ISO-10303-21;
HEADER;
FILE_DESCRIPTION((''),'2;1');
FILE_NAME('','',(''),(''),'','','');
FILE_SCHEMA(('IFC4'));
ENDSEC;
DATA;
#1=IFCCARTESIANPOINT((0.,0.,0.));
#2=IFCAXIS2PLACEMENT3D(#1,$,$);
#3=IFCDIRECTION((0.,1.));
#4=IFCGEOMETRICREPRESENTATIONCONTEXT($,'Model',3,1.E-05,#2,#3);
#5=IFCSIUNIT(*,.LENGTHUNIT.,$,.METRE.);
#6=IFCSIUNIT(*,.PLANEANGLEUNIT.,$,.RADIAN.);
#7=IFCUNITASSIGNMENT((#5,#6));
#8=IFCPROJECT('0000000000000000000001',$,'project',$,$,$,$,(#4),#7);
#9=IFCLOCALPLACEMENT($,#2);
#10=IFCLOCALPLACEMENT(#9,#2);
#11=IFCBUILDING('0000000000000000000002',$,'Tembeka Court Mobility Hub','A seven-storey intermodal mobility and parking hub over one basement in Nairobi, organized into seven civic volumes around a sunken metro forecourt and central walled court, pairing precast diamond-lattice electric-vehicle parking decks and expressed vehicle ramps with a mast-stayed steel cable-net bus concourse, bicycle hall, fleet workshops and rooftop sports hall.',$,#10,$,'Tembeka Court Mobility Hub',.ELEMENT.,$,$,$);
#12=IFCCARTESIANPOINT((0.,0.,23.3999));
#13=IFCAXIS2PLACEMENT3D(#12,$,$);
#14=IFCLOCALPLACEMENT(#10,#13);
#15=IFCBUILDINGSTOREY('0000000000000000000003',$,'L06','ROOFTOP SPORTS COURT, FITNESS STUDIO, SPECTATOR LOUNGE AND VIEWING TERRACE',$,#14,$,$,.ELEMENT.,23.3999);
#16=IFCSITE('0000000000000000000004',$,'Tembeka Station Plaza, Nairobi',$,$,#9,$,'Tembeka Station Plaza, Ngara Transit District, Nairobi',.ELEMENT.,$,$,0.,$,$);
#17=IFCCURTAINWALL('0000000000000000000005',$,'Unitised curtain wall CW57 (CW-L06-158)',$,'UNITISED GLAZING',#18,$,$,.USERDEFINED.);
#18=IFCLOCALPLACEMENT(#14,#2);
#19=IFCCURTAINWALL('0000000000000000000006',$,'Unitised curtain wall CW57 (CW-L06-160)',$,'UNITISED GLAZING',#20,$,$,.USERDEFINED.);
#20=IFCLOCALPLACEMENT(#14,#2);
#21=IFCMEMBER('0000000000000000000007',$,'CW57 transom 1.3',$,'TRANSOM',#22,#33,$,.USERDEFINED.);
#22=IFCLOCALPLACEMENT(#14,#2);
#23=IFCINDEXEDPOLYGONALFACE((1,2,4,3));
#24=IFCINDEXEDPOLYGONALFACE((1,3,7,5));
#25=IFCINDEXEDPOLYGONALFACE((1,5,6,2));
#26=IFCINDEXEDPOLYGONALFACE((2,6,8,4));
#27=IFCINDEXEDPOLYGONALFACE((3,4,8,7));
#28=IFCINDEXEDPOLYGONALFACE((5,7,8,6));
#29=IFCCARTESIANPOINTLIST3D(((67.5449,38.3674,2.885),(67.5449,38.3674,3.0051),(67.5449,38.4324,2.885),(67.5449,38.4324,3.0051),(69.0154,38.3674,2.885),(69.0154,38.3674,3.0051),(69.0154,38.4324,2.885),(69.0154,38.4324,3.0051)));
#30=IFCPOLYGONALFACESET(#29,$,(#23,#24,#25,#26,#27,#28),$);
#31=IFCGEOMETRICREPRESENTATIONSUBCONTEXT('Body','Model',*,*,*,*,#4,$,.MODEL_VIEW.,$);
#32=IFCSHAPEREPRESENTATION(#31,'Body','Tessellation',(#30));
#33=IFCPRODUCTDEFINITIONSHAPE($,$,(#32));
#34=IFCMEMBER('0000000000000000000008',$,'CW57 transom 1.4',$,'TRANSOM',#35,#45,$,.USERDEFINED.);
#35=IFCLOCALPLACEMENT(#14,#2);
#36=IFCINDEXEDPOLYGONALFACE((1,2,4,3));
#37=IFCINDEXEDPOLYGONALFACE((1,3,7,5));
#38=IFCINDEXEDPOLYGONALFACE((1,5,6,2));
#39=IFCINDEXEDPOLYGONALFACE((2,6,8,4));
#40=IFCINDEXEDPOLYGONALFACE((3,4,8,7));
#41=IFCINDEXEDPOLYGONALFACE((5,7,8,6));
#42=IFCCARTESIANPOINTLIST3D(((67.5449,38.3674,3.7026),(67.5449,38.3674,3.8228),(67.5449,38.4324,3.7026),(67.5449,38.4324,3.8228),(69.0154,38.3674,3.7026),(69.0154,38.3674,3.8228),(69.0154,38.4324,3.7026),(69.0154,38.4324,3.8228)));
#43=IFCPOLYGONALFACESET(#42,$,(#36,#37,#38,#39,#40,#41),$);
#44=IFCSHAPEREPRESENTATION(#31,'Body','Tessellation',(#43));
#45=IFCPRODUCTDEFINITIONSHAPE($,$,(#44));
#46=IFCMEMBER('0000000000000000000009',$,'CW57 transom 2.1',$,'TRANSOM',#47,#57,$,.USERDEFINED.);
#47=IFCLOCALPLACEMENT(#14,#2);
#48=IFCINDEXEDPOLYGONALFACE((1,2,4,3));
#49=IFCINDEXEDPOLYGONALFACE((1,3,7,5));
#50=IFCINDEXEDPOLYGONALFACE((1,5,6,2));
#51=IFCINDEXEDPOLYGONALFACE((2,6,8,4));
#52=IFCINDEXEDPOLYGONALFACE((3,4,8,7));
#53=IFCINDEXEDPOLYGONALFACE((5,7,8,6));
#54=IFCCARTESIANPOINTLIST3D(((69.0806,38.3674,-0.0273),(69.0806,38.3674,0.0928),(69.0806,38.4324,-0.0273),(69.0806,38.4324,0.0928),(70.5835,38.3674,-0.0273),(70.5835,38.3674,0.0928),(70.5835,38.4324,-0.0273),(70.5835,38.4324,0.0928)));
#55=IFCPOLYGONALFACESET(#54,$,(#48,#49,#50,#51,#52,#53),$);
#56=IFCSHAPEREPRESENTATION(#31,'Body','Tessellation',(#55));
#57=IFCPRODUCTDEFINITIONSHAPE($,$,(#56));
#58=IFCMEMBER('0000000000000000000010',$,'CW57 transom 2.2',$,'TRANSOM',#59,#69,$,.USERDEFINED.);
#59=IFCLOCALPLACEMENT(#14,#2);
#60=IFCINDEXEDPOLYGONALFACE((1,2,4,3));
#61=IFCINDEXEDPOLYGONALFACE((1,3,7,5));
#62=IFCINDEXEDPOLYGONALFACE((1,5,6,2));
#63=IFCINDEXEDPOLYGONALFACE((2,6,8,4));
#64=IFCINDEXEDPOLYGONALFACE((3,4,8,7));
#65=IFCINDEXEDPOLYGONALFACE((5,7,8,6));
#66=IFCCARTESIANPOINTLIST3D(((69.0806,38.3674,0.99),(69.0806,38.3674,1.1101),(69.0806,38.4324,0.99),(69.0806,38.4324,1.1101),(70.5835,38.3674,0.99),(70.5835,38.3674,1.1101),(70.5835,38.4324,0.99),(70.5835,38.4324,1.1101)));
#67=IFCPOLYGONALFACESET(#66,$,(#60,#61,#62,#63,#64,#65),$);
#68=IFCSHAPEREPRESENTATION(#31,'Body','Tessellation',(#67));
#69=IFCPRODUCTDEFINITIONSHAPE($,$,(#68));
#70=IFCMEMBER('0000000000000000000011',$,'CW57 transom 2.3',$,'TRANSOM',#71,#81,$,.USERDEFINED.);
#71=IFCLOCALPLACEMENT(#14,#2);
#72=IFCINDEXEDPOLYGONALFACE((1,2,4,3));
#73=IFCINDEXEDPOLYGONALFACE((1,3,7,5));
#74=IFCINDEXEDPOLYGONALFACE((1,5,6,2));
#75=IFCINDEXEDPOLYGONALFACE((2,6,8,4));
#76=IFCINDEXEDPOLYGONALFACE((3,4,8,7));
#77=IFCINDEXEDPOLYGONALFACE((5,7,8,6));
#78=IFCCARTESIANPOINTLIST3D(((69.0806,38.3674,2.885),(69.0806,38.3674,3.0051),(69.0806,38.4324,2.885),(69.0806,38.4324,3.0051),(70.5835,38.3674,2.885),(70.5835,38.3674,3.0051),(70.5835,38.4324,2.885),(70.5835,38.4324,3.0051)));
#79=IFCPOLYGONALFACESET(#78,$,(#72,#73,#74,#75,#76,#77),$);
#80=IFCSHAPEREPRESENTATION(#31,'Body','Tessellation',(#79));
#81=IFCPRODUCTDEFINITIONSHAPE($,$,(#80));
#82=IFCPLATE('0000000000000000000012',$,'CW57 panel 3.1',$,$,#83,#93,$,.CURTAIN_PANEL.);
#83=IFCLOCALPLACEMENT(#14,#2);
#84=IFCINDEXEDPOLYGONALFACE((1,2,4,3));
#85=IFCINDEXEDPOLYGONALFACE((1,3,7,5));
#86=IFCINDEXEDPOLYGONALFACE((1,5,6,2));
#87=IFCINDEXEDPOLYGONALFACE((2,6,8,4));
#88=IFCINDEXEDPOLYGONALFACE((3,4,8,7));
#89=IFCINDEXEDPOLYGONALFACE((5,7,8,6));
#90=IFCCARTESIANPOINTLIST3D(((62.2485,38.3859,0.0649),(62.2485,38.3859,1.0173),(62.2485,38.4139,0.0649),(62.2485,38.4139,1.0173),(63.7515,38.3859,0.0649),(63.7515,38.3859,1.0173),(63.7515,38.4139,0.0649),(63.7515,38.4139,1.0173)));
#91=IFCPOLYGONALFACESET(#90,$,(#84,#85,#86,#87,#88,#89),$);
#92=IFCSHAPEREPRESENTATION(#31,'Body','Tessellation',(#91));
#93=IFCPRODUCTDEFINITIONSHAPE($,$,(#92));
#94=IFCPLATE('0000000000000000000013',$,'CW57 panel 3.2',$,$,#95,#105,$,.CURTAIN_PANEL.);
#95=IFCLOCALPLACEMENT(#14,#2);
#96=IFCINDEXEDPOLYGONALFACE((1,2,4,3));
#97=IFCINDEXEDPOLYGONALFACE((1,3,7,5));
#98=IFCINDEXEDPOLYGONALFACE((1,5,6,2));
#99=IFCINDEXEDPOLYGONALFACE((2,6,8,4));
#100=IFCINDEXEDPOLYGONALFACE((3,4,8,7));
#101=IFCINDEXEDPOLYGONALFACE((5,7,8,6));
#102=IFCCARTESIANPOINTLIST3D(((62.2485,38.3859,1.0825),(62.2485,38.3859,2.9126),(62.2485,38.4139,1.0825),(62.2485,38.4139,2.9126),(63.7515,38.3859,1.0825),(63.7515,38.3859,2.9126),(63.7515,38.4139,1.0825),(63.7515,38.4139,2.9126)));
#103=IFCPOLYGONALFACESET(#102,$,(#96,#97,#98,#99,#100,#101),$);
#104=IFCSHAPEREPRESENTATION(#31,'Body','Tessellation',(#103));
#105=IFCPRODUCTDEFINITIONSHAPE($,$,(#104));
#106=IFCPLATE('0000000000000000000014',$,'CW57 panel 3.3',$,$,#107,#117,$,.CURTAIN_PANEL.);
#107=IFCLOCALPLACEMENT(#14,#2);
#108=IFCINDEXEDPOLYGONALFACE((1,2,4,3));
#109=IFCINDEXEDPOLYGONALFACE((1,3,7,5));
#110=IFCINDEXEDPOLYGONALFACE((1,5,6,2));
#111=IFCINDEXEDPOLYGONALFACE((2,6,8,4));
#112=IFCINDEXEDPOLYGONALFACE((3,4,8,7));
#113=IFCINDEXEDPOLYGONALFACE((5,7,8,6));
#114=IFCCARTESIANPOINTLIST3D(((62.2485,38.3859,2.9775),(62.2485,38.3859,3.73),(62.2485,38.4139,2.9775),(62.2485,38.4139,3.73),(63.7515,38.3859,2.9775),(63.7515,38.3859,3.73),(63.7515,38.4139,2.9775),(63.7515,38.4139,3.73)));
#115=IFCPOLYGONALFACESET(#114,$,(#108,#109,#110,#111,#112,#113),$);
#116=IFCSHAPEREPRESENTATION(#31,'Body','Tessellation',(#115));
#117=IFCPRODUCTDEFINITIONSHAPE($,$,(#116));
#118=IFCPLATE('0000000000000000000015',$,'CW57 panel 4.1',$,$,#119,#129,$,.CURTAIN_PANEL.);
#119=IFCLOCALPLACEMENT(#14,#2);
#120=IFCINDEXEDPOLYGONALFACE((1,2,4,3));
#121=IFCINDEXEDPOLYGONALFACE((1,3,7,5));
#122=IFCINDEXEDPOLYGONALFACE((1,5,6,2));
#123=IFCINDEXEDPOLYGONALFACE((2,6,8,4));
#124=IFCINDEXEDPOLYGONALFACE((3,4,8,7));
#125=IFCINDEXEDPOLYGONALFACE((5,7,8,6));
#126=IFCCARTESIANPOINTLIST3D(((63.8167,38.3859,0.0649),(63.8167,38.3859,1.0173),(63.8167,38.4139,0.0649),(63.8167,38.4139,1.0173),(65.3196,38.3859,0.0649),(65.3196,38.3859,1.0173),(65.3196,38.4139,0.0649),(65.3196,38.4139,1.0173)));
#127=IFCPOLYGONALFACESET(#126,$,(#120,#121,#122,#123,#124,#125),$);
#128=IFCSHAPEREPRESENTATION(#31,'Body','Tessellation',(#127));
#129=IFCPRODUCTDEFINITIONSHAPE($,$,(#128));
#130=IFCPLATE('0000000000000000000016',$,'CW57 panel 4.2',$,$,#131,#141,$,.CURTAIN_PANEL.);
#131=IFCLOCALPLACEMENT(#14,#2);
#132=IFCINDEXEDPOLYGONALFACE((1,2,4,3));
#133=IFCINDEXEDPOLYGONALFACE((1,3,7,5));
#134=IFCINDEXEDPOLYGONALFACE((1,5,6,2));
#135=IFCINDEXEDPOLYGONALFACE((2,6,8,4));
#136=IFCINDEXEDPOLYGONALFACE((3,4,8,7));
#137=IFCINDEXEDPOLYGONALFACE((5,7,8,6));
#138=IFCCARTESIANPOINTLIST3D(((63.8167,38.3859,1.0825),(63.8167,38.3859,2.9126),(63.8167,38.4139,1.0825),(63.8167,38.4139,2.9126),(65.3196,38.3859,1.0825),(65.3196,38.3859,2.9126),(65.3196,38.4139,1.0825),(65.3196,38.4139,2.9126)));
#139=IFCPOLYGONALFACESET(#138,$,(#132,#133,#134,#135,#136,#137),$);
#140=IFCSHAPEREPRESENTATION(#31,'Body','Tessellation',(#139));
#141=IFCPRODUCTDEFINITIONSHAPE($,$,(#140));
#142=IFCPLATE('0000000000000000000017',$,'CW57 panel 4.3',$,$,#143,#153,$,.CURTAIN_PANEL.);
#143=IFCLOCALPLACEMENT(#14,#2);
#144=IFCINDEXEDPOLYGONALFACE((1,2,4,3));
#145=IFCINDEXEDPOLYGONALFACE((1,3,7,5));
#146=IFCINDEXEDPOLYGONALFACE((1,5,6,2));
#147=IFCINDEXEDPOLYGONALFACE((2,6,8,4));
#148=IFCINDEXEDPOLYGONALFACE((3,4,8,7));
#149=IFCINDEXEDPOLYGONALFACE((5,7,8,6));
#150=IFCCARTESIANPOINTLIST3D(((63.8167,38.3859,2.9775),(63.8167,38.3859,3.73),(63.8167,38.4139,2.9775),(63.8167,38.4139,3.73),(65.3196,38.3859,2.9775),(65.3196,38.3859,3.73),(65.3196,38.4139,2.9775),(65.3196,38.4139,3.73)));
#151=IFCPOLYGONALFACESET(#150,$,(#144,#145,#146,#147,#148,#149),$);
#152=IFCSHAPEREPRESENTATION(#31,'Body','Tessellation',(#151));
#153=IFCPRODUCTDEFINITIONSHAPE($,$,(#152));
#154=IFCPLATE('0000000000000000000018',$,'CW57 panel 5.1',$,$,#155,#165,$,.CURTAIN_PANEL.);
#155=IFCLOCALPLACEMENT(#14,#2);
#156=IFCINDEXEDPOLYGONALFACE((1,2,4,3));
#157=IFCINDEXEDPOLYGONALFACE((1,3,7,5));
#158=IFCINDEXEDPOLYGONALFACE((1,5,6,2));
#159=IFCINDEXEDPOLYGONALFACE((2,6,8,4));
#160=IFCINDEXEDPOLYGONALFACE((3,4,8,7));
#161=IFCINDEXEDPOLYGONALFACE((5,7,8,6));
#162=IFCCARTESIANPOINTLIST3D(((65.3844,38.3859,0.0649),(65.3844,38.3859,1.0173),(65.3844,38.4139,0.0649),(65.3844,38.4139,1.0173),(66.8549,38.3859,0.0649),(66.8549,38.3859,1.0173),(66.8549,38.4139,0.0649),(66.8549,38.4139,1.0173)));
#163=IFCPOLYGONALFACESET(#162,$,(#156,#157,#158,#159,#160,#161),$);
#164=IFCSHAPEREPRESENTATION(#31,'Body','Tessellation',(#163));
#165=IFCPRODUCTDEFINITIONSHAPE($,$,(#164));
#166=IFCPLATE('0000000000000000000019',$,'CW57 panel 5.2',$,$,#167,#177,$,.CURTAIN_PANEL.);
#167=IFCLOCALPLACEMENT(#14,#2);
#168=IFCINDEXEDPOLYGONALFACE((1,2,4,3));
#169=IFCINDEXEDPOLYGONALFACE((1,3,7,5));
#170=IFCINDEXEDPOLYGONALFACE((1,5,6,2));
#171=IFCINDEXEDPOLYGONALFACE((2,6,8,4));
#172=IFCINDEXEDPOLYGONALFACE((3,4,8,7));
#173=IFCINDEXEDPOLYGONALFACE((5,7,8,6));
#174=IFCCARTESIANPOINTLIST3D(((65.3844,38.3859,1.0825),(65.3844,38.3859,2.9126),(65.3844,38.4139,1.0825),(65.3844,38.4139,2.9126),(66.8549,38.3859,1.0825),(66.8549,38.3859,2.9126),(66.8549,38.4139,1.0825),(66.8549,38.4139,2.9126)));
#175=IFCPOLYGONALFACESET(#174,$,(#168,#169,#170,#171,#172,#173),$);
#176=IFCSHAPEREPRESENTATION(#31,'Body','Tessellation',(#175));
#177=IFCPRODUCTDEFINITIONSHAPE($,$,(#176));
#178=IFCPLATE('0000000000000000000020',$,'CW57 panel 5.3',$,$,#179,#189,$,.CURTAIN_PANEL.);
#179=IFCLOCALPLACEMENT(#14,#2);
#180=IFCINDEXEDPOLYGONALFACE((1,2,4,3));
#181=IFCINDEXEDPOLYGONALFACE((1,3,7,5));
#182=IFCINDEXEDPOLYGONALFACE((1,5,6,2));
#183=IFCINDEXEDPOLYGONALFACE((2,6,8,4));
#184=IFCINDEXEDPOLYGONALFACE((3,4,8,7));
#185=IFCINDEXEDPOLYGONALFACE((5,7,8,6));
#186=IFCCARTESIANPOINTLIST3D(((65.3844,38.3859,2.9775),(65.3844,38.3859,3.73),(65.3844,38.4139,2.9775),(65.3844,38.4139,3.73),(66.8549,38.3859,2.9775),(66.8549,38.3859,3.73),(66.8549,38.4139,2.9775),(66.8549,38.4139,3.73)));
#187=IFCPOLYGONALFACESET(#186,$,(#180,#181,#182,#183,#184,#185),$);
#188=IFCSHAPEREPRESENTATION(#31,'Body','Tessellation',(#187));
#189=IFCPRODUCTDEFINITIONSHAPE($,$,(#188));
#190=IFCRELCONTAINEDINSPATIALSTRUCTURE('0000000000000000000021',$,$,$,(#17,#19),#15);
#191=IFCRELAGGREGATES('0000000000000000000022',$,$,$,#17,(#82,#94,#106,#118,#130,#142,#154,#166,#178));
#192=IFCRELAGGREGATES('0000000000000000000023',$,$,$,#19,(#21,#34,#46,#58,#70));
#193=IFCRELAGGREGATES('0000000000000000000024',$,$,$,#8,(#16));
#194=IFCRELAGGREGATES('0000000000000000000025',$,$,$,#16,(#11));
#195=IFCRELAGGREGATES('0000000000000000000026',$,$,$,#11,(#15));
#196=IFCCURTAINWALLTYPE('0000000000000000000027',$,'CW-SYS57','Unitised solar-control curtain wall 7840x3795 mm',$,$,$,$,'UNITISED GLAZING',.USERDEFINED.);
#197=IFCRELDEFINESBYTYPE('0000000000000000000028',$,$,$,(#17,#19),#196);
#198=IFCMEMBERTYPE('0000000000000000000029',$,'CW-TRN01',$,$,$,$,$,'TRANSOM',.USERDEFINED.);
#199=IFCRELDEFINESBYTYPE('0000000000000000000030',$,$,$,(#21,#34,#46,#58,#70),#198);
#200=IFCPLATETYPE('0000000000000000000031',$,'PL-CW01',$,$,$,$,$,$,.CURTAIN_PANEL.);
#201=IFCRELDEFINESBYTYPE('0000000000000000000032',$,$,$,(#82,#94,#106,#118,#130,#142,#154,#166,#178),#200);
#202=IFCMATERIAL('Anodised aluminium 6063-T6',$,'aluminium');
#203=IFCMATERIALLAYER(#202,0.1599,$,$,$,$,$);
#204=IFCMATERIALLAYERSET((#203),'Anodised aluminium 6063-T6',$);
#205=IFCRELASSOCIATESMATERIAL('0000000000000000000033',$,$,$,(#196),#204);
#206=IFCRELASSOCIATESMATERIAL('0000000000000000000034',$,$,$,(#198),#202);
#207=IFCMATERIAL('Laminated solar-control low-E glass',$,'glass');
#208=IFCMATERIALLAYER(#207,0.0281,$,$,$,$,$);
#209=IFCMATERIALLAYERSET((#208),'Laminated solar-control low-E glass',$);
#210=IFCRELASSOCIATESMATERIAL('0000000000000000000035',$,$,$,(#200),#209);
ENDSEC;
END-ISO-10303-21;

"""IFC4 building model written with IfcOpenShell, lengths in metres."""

from ifc_helpers import new_model, si_unit, direction, frame, origin, origin_2d, place, context, subcontext, project, spatial, rectangle, extrude, material, layer, layer_set, material_profile, profile_set, type_object, element, aggregate, save


model = new_model("IFC4")

# Units and contexts
model_context = context("Model", 3, precision=1e-05, world=origin(), true_north=direction((0.0, 1.0)))
body_context = subcontext(model_context, "Body", "Model", "MODEL_VIEW")
ifc_project = project(units=[si_unit("LENGTHUNIT", "METRE"), si_unit("PLANEANGLEUNIT", "RADIAN")], contexts=[model_context])

# Site, building, storey
site_placement = place(None, origin())
site = spatial("IfcSite", under=ifc_project, at=site_placement, Name="Tembeka Station Plaza, Nairobi", LongName="Tembeka Station Plaza, Ngara Transit District, Nairobi", CompositionType="ELEMENT", RefElevation=0.0)
building_placement = place(site_placement, origin())
building = spatial("IfcBuilding", under=site, at=building_placement, Name="Tembeka Court Mobility Hub", Description="A seven-storey intermodal mobility and parking hub over one basement in Nairobi, organized into seven civic volumes around a sunken metro forecourt and central walled court, pairing precast diamond-lattice electric-vehicle parking decks and expressed vehicle ramps with a mast-stayed steel cable-net bus concourse, bicycle hall, fleet workshops and rooftop sports hall.", LongName="Tembeka Court Mobility Hub", CompositionType="ELEMENT")
storey_placement = place(building_placement, frame((0.0, 0.0, 23.3999)))
storey = spatial("IfcBuildingStorey", under=building, at=storey_placement, Name="L06", Description="ROOFTOP SPORTS COURT, FITNESS STUDIO, SPECTATOR LOUNGE AND VIEWING TERRACE", CompositionType="ELEMENT", Elevation=23.3999)

# Curtain walls
ifc_material_1 = material(Name="Anodised aluminium 6063-T6", Category="aluminium")
ifc_layer_1 = layer(ifc_material_1, 0.1599)
ifc_layer_set_1 = layer_set([ifc_layer_1], Name="Anodised aluminium 6063-T6")
curtain_wall_type = type_object("IfcCurtainWallType", Name="CW-SYS57", Description="Unitised solar-control curtain wall 7840x3795 mm", ElementType="UNITISED GLAZING", PredefinedType="USERDEFINED", material=ifc_layer_set_1)
curtain_wall_1_placement = place(storey_placement, origin())
curtain_wall_1 = element("IfcCurtainWall", 1, at=curtain_wall_1_placement, inside=storey, type_object=curtain_wall_type, Name="Unitised curtain wall CW57 (CW-L06-158)", ObjectType="UNITISED GLAZING", PredefinedType="USERDEFINED")
curtain_wall_2_placement = place(storey_placement, origin())
curtain_wall_2 = element("IfcCurtainWall", 2, at=curtain_wall_2_placement, inside=storey, type_object=curtain_wall_type, Name="Unitised curtain wall CW57 (CW-L06-160)", ObjectType="UNITISED GLAZING", PredefinedType="USERDEFINED")

# Members
ifc_material_profile_1 = material_profile(ifc_material_1, rectangle(XDim=0.0649, YDim=0.1201, at=origin_2d()), Name="ALU-TRN 65x120")
ifc_profile_set_1 = profile_set([ifc_material_profile_1], Name="Anodised aluminium 6063-T6")
member_type_1 = type_object("IfcMemberType", Name="CW-TRN01", ElementType="TRANSOM", PredefinedType="USERDEFINED", material=ifc_profile_set_1)
member_1_placement = place(storey_placement, frame((67.5449, 38.3999, 2.9451), z_axis=(1.0, 0.0, 0.0), x_axis=(0.0, 1.0, 0.0)))
member_1 = element("IfcMember", 3, at=member_1_placement, type_object=member_type_1, Name="CW57 transom 1.3", ObjectType="TRANSOM", PredefinedType="USERDEFINED", context=body_context, shape_type="SweptSolid", body=[
    extrude(rectangle(XDim=0.0649, YDim=0.1201, at=origin_2d()), origin(), (0.0, 0.0, 1.0), 1.4705),
])
member_2_placement = place(storey_placement, frame((67.5449, 38.3999, 3.7627), z_axis=(1.0, 0.0, 0.0), x_axis=(0.0, 1.0, 0.0)))
member_2 = element("IfcMember", 4, at=member_2_placement, type_object=member_type_1, Name="CW57 transom 1.4", ObjectType="TRANSOM", PredefinedType="USERDEFINED", context=body_context, shape_type="SweptSolid", body=[
    extrude(rectangle(XDim=0.0649, YDim=0.1201, at=origin_2d()), origin(), (0.0, 0.0, 1.0), 1.4705),
])
member_3_placement = place(storey_placement, frame((69.0806, 38.3999, 0.0327), z_axis=(1.0, 0.0, 0.0), x_axis=(0.0, 1.0, 0.0)))
member_3 = element("IfcMember", 5, at=member_3_placement, type_object=member_type_1, Name="CW57 transom 2.1", ObjectType="TRANSOM", PredefinedType="USERDEFINED", context=body_context, shape_type="SweptSolid", body=[
    extrude(rectangle(XDim=0.0649, YDim=0.1201, at=origin_2d()), origin(), (0.0, 0.0, 1.0), 1.5029),
])
member_4_placement = place(storey_placement, frame((69.0806, 38.3999, 1.05), z_axis=(1.0, 0.0, 0.0), x_axis=(0.0, 1.0, 0.0)))
member_4 = element("IfcMember", 6, at=member_4_placement, type_object=member_type_1, Name="CW57 transom 2.2", ObjectType="TRANSOM", PredefinedType="USERDEFINED", context=body_context, shape_type="SweptSolid", body=[
    extrude(rectangle(XDim=0.0649, YDim=0.1201, at=origin_2d()), origin(), (0.0, 0.0, 1.0), 1.5029),
])
member_5_placement = place(storey_placement, frame((69.0806, 38.3999, 2.9451), z_axis=(1.0, 0.0, 0.0), x_axis=(0.0, 1.0, 0.0)))
member_5 = element("IfcMember", 7, at=member_5_placement, type_object=member_type_1, Name="CW57 transom 2.3", ObjectType="TRANSOM", PredefinedType="USERDEFINED", context=body_context, shape_type="SweptSolid", body=[
    extrude(rectangle(XDim=0.0649, YDim=0.1201, at=origin_2d()), origin(), (0.0, 0.0, 1.0), 1.5029),
])

# Plates
ifc_material_2 = material(Name="Laminated solar-control low-E glass", Category="glass")
ifc_layer_2 = layer(ifc_material_2, 0.0281)
ifc_layer_set_2 = layer_set([ifc_layer_2], Name="Laminated solar-control low-E glass")
plate_type_1 = type_object("IfcPlateType", Name="PL-CW01", PredefinedType="CURTAIN_PANEL", material=ifc_layer_set_2)
plate_1_placement = place(storey_placement, frame((63.0, 38.3999, 0.0649), z_axis=(0.0, 0.0, 1.0), x_axis=(1.0, 0.0, 0.0)))
plate_1 = element("IfcPlate", 8, at=plate_1_placement, type_object=plate_type_1, Name="CW57 panel 3.1", PredefinedType="CURTAIN_PANEL", context=body_context, shape_type="SweptSolid", body=[
    extrude(rectangle(XDim=1.5029, YDim=0.0281, at=origin_2d()), origin(), (0.0, 0.0, 1.0), 0.9524),
])
plate_2_placement = place(storey_placement, frame((63.0, 38.3999, 1.0825), z_axis=(0.0, 0.0, 1.0), x_axis=(1.0, 0.0, 0.0)))
plate_2 = element("IfcPlate", 9, at=plate_2_placement, type_object=plate_type_1, Name="CW57 panel 3.2", PredefinedType="CURTAIN_PANEL", context=body_context, shape_type="SweptSolid", body=[
    extrude(rectangle(XDim=1.5029, YDim=0.0281, at=origin_2d()), origin(), (0.0, 0.0, 1.0), 1.8301),
])
plate_3_placement = place(storey_placement, frame((63.0, 38.3999, 2.9775), z_axis=(0.0, 0.0, 1.0), x_axis=(1.0, 0.0, 0.0)))
plate_3 = element("IfcPlate", 10, at=plate_3_placement, type_object=plate_type_1, Name="CW57 panel 3.3", PredefinedType="CURTAIN_PANEL", context=body_context, shape_type="SweptSolid", body=[
    extrude(rectangle(XDim=1.5029, YDim=0.0281, at=origin_2d()), origin(), (0.0, 0.0, 1.0), 0.7524),
])
plate_4_placement = place(storey_placement, frame((64.5681, 38.3999, 0.0649), z_axis=(0.0, 0.0, 1.0), x_axis=(1.0, 0.0, 0.0)))
plate_4 = element("IfcPlate", 11, at=plate_4_placement, type_object=plate_type_1, Name="CW57 panel 4.1", PredefinedType="CURTAIN_PANEL", context=body_context, shape_type="SweptSolid", body=[
    extrude(rectangle(XDim=1.5029, YDim=0.0281, at=origin_2d()), origin(), (0.0, 0.0, 1.0), 0.9524),
])
plate_5_placement = place(storey_placement, frame((64.5681, 38.3999, 1.0825), z_axis=(0.0, 0.0, 1.0), x_axis=(1.0, 0.0, 0.0)))
plate_5 = element("IfcPlate", 12, at=plate_5_placement, type_object=plate_type_1, Name="CW57 panel 4.2", PredefinedType="CURTAIN_PANEL", context=body_context, shape_type="SweptSolid", body=[
    extrude(rectangle(XDim=1.5029, YDim=0.0281, at=origin_2d()), origin(), (0.0, 0.0, 1.0), 1.8301),
])
plate_6_placement = place(storey_placement, frame((64.5681, 38.3999, 2.9775), z_axis=(0.0, 0.0, 1.0), x_axis=(1.0, 0.0, 0.0)))
plate_6 = element("IfcPlate", 13, at=plate_6_placement, type_object=plate_type_1, Name="CW57 panel 4.3", PredefinedType="CURTAIN_PANEL", context=body_context, shape_type="SweptSolid", body=[
    extrude(rectangle(XDim=1.5029, YDim=0.0281, at=origin_2d()), origin(), (0.0, 0.0, 1.0), 0.7524),
])
plate_7_placement = place(storey_placement, frame((66.1196, 38.3999, 0.0649), z_axis=(0.0, 0.0, 1.0), x_axis=(1.0, 0.0, 0.0)))
plate_7 = element("IfcPlate", 14, at=plate_7_placement, type_object=plate_type_1, Name="CW57 panel 5.1", PredefinedType="CURTAIN_PANEL", context=body_context, shape_type="SweptSolid", body=[
    extrude(rectangle(XDim=1.4705, YDim=0.0281, at=origin_2d()), origin(), (0.0, 0.0, 1.0), 0.9524),
])
plate_8_placement = place(storey_placement, frame((66.1196, 38.3999, 1.0825), z_axis=(0.0, 0.0, 1.0), x_axis=(1.0, 0.0, 0.0)))
plate_8 = element("IfcPlate", 15, at=plate_8_placement, type_object=plate_type_1, Name="CW57 panel 5.2", PredefinedType="CURTAIN_PANEL", context=body_context, shape_type="SweptSolid", body=[
    extrude(rectangle(XDim=1.4705, YDim=0.0281, at=origin_2d()), origin(), (0.0, 0.0, 1.0), 1.8301),
])
plate_9_placement = place(storey_placement, frame((66.1196, 38.3999, 2.9775), z_axis=(0.0, 0.0, 1.0), x_axis=(1.0, 0.0, 0.0)))
plate_9 = element("IfcPlate", 16, at=plate_9_placement, type_object=plate_type_1, Name="CW57 panel 5.3", PredefinedType="CURTAIN_PANEL", context=body_context, shape_type="SweptSolid", body=[
    extrude(rectangle(XDim=1.4705, YDim=0.0281, at=origin_2d()), origin(), (0.0, 0.0, 1.0), 0.7524),
])
aggregate(curtain_wall_1, [plate_1, plate_2, plate_3, plate_4, plate_5, plate_6, plate_7, plate_8, plate_9])
aggregate(curtain_wall_2, [member_1, member_2, member_3, member_4, member_5])

save(model, "model.ifc")
